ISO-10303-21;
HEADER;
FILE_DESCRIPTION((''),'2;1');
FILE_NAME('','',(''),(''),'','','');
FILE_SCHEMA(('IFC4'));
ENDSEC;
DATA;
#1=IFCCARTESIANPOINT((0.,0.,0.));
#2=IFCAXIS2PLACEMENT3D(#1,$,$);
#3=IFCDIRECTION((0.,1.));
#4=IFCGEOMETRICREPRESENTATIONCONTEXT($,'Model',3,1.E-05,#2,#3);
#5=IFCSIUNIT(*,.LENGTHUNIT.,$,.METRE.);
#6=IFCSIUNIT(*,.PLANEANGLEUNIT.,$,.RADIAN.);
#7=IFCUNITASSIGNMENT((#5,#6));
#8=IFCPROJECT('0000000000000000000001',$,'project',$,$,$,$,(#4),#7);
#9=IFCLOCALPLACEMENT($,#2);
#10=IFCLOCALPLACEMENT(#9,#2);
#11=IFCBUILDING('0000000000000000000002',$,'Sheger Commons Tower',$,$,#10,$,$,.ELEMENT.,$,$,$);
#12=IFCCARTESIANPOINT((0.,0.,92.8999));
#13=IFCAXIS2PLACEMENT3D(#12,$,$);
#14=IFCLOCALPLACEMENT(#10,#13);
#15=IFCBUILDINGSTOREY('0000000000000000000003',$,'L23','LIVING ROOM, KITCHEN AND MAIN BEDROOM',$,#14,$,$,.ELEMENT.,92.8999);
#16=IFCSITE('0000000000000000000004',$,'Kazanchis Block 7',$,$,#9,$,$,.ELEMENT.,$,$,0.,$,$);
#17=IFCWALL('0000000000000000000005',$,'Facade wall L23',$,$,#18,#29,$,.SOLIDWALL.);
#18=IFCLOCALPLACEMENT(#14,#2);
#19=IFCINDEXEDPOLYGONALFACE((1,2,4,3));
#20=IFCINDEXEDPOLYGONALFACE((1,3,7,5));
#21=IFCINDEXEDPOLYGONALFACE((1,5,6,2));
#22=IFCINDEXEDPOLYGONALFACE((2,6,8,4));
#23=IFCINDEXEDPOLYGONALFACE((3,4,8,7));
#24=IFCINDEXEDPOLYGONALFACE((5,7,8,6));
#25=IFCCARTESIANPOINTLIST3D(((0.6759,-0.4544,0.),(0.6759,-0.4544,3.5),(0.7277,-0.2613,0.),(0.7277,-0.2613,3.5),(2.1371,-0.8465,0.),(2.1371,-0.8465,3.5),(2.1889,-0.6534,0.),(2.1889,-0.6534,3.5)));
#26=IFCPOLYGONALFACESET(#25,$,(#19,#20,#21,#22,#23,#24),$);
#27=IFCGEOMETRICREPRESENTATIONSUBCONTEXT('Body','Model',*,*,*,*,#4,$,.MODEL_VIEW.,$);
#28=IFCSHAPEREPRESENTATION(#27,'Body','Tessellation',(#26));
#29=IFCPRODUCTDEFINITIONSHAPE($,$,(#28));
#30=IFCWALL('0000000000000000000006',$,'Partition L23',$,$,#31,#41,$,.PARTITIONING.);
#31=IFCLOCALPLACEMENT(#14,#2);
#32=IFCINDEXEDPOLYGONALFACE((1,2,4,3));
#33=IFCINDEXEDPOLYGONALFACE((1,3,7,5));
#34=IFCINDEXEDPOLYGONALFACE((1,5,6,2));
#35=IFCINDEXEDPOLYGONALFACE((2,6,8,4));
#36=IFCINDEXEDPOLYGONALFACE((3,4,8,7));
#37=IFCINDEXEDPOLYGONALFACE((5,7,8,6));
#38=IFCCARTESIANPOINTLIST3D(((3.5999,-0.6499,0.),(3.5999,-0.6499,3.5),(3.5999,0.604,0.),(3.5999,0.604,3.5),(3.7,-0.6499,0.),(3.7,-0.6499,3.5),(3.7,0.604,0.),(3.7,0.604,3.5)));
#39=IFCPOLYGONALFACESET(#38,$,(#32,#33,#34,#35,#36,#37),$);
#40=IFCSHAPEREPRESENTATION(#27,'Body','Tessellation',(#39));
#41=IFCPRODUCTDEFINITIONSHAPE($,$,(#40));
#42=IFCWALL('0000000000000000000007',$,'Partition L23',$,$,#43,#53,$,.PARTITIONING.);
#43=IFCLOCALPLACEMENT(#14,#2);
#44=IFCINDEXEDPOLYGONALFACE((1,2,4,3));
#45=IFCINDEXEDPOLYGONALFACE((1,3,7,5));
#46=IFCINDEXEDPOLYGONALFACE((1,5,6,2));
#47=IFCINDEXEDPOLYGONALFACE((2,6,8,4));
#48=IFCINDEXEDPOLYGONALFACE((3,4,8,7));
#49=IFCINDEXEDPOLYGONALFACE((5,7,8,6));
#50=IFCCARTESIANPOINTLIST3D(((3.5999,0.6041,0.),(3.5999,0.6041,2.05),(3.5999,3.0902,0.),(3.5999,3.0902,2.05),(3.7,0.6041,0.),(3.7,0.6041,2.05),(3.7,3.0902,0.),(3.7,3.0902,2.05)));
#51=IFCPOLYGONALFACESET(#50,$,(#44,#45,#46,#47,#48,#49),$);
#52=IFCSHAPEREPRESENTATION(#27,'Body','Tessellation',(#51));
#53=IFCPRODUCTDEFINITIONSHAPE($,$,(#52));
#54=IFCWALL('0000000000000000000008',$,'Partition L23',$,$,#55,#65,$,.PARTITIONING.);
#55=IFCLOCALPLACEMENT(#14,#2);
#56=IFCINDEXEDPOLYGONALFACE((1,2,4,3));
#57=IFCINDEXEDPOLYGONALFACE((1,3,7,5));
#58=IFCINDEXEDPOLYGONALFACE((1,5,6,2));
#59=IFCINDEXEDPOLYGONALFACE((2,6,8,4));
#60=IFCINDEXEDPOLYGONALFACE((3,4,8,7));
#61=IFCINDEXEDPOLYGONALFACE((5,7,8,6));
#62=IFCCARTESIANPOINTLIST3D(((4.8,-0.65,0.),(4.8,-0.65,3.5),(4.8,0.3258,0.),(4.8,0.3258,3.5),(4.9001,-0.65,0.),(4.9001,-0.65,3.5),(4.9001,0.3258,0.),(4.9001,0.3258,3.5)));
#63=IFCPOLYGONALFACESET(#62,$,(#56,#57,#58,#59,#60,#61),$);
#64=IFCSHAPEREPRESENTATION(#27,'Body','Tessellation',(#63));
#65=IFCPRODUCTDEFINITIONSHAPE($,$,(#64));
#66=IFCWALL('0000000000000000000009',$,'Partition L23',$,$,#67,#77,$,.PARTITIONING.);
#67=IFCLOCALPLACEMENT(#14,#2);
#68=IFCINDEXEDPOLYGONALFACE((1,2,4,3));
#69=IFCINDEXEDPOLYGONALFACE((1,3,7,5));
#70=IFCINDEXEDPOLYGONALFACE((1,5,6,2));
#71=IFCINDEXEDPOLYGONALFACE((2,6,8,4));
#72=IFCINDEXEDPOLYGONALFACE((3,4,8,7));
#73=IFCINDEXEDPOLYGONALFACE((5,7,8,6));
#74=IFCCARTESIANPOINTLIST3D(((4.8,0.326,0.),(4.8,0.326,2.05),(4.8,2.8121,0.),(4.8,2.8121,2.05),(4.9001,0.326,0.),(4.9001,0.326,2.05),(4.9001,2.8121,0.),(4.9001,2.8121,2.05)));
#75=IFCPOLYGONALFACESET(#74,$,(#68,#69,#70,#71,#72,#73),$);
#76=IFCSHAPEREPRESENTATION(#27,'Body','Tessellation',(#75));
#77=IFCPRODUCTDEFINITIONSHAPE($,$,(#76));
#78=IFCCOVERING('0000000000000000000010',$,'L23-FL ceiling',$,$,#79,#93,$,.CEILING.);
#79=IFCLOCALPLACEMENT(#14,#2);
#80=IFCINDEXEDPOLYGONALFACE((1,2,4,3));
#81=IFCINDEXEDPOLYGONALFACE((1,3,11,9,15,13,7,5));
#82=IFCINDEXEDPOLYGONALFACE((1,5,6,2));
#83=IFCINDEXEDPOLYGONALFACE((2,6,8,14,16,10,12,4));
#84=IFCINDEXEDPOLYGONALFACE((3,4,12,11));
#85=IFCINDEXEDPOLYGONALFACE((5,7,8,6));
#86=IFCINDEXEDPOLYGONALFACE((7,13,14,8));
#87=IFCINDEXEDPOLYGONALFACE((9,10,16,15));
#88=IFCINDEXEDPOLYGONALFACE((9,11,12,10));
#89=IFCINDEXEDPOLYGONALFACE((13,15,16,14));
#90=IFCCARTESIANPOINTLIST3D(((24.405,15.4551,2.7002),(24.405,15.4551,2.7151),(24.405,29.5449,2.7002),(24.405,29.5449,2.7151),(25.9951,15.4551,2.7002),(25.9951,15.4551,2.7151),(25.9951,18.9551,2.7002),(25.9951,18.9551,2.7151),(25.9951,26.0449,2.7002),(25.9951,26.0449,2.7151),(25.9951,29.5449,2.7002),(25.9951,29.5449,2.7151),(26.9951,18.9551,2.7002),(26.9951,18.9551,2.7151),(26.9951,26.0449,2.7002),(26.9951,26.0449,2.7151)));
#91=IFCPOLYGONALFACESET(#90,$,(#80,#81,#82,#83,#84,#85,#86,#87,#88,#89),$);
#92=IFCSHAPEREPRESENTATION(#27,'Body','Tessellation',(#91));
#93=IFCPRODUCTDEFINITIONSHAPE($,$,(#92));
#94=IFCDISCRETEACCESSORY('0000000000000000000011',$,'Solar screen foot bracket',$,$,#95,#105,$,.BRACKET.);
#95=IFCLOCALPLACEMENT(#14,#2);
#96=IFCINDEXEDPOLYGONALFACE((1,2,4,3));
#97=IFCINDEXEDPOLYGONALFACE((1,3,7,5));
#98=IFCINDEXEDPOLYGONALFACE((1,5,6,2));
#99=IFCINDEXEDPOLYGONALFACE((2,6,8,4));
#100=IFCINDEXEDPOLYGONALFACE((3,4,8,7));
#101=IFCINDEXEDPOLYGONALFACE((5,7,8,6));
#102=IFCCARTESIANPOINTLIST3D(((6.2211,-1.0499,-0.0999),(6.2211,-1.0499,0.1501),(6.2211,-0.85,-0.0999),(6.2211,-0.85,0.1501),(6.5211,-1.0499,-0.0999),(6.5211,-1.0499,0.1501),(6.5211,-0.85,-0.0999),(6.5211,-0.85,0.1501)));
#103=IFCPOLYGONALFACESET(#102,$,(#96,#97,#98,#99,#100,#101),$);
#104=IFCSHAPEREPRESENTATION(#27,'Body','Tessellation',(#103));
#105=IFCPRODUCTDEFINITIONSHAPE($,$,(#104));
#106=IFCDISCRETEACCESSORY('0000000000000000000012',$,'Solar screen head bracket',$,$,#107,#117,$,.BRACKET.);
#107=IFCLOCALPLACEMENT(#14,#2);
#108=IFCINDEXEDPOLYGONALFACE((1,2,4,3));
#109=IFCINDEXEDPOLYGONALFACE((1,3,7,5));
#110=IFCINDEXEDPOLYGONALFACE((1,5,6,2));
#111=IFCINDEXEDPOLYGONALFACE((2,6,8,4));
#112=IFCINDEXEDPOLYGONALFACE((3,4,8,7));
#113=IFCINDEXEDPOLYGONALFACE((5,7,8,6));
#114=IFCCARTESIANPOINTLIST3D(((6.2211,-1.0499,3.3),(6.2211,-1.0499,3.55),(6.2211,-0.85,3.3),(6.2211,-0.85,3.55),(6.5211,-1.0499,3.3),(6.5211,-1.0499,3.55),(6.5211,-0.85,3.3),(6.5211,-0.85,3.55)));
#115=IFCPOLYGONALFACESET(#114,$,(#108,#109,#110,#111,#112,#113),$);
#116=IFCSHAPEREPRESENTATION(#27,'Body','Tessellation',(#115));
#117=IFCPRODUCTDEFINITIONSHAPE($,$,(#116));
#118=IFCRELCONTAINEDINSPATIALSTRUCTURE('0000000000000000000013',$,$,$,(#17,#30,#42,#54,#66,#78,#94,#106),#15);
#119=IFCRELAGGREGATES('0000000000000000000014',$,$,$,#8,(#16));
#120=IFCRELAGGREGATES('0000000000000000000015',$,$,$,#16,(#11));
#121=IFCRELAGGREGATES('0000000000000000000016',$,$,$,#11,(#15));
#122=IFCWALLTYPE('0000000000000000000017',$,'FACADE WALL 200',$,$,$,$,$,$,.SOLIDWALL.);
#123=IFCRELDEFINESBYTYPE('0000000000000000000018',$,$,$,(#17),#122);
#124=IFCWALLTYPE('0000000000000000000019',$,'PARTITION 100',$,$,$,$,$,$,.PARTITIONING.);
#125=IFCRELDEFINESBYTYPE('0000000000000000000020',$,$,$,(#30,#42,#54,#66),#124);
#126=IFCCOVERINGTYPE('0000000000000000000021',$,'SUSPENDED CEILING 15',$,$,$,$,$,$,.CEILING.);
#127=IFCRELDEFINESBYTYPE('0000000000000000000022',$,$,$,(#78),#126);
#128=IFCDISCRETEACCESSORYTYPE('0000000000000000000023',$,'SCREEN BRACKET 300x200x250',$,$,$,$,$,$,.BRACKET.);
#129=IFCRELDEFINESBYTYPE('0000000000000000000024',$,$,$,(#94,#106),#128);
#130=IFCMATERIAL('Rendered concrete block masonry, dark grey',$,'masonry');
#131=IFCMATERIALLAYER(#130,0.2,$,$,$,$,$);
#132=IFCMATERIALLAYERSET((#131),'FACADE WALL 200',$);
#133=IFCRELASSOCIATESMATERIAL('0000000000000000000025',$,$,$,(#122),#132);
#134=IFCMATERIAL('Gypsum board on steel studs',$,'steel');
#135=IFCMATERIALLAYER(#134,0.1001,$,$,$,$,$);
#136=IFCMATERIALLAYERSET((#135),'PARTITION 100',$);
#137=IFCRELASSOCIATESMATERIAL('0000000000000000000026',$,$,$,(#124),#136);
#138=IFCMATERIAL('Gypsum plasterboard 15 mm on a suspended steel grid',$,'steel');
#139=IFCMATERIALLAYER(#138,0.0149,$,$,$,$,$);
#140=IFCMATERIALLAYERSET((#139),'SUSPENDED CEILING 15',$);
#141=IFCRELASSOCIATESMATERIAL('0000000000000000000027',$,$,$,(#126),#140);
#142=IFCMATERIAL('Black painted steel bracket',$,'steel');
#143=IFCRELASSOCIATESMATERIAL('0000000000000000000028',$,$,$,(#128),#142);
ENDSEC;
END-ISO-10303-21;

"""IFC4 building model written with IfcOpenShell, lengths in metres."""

from ifc_helpers import new_model, si_unit, direction, frame, frame_2d, origin, origin_2d, place, context, subcontext, project, spatial, polyline, rectangle, outline, extrude, material, layer, layer_set, type_object, element, save


model = new_model("IFC4")

# Units and contexts
model_context = context("Model", 3, precision=1e-05, world=origin(), true_north=direction((0.0, 1.0)))
body_context = subcontext(model_context, "Body", "Model", "MODEL_VIEW")
ifc_project = project(units=[si_unit("LENGTHUNIT", "METRE"), si_unit("PLANEANGLEUNIT", "RADIAN")], contexts=[model_context])

# Site, building, storey
site_placement = place(None, origin())
site = spatial("IfcSite", under=ifc_project, at=site_placement, Name="Kazanchis Block 7", CompositionType="ELEMENT", RefElevation=0.0)
building_placement = place(site_placement, origin())
building = spatial("IfcBuilding", under=site, at=building_placement, Name="Sheger Commons Tower", CompositionType="ELEMENT")
storey_placement = place(building_placement, frame((0.0, 0.0, 92.8999)))
storey = spatial("IfcBuildingStorey", under=building, at=storey_placement, Name="L23", Description="LIVING ROOM, KITCHEN AND MAIN BEDROOM", CompositionType="ELEMENT", Elevation=92.8999)

# Shared definitions
ifc_material_1 = material(Name="Rendered concrete block masonry, dark grey", Category="masonry")
ifc_layer_1 = layer(ifc_material_1, 0.2)
ifc_layer_set_1 = layer_set([ifc_layer_1], Name="FACADE WALL 200")
wall_type_1 = type_object("IfcWallType", Name="FACADE WALL 200", PredefinedType="SOLIDWALL", material=ifc_layer_set_1)

# Walls
wall_1_placement = place(storey_placement, frame((0.7019, -0.3579, 0.0), z_axis=(0.0, 0.0, 1.0), x_axis=(0.965832, -0.259169, 0.0)))
element("IfcWall", 1, at=wall_1_placement, inside=storey, type_object=wall_type_1, Name="Facade wall L23", PredefinedType="SOLIDWALL", context=body_context, shape_type="SweptSolid", body=[
    extrude(rectangle(XDim=1.5129, YDim=0.2, at=frame_2d((0.7563, 0.0))), origin(), (0.0, 0.0, 1.0), 3.5),
])
ifc_material_2 = material(Name="Gypsum board on steel studs", Category="steel")
ifc_layer_2 = layer(ifc_material_2, 0.1001)
ifc_layer_set_2 = layer_set([ifc_layer_2], Name="PARTITION 100")
wall_type_2 = type_object("IfcWallType", Name="PARTITION 100", PredefinedType="PARTITIONING", material=ifc_layer_set_2)
wall_2_placement = place(storey_placement, frame((3.6499, -0.6499, 0.0), z_axis=(0.0, 0.0, 1.0), x_axis=(0.0, 1.0, 0.0)))
element("IfcWall", 2, at=wall_2_placement, inside=storey, type_object=wall_type_2, Name="Partition L23", PredefinedType="PARTITIONING", context=body_context, shape_type="SweptSolid", body=[
    extrude(rectangle(XDim=1.2539, YDim=0.1001, at=frame_2d((0.627, 0.0))), origin(), (0.0, 0.0, 1.0), 3.5),
])
wall_3_placement = place(storey_placement, frame((3.6499, 0.604, 0.0), z_axis=(0.0, 0.0, 1.0), x_axis=(0.0, 1.0, 0.0)))
element("IfcWall", 3, at=wall_3_placement, inside=storey, type_object=wall_type_2, Name="Partition L23", PredefinedType="PARTITIONING", context=body_context, shape_type="SweptSolid", body=[
    extrude(rectangle(XDim=2.4861, YDim=0.1001, at=frame_2d((1.2432, 0.0))), origin(), (0.0, 0.0, 1.0), 2.05),
])
wall_4_placement = place(storey_placement, frame((4.8501, -0.6499, 0.0), z_axis=(0.0, 0.0, 1.0), x_axis=(0.0, 1.0, 0.0)))
element("IfcWall", 4, at=wall_4_placement, inside=storey, type_object=wall_type_2, Name="Partition L23", PredefinedType="PARTITIONING", context=body_context, shape_type="SweptSolid", body=[
    extrude(rectangle(XDim=0.9758, YDim=0.1001, at=frame_2d((0.4878, 0.0))), origin(), (0.0, 0.0, 1.0), 3.5),
])
wall_5_placement = place(storey_placement, frame((4.8501, 0.3259, 0.0), z_axis=(0.0, 0.0, 1.0), x_axis=(0.0, 1.0, 0.0)))
element("IfcWall", 5, at=wall_5_placement, inside=storey, type_object=wall_type_2, Name="Partition L23", PredefinedType="PARTITIONING", context=body_context, shape_type="SweptSolid", body=[
    extrude(rectangle(XDim=2.4861, YDim=0.1001, at=frame_2d((1.2432, 0.0))), origin(), (0.0, 0.0, 1.0), 2.05),
])

# Covering
ifc_material_3 = material(Name="Gypsum plasterboard 15 mm on a suspended steel grid", Category="steel")
ifc_layer_3 = layer(ifc_material_3, 0.0149)
ifc_layer_set_3 = layer_set([ifc_layer_3], Name="SUSPENDED CEILING 15")
covering_type = type_object("IfcCoveringType", Name="SUSPENDED CEILING 15", PredefinedType="CEILING", material=ifc_layer_set_3)
covering_placement = place(storey_placement, frame((0.0, 0.0, 2.7002)))
element("IfcCovering", 6, at=covering_placement, inside=storey, type_object=covering_type, Name="L23-FL ceiling", PredefinedType="CEILING", context=body_context, shape_type="SweptSolid", body=[
    extrude(outline(polyline([(24.405, 15.4551), (25.9951, 15.4551), (25.9951, 18.9551), (26.9951, 18.9551), (26.9951, 26.0449), (25.9951, 26.0449), (25.9951, 29.5449), (24.405, 29.5449), (24.405, 15.4551)])), origin(), (0.0, 0.0, 1.0), 0.0149),
])

# Discrete accessories
ifc_material_4 = material(Name="Black painted steel bracket", Category="steel")
discrete_accessory_type = type_object("IfcDiscreteAccessoryType", Name="SCREEN BRACKET 300x200x250", PredefinedType="BRACKET", material=ifc_material_4)
for number, where, z_axis, x_axis, name in (
    (7, (6.3711, -0.95, -0.0999), (0.0, 0.0, 1.0), (1.0, 0.0, 0.0), "Solar screen foot bracket"),
    (8, (6.3711, -0.95, 3.3), (0.0, 0.0, 1.0), (1.0, 0.0, 0.0), "Solar screen head bracket"),
):
    element("IfcDiscreteAccessory", number, at=place(storey_placement, frame(where, z_axis=z_axis, x_axis=x_axis)), inside=storey, type_object=discrete_accessory_type, Name=name, PredefinedType="BRACKET", context=body_context, shape_type="SweptSolid", body=[
        extrude(rectangle(XDim=0.3, YDim=0.2, at=origin_2d()), origin(), (0.0, 0.0, 1.0), 0.25),
    ])

save(model, "model.ifc")
